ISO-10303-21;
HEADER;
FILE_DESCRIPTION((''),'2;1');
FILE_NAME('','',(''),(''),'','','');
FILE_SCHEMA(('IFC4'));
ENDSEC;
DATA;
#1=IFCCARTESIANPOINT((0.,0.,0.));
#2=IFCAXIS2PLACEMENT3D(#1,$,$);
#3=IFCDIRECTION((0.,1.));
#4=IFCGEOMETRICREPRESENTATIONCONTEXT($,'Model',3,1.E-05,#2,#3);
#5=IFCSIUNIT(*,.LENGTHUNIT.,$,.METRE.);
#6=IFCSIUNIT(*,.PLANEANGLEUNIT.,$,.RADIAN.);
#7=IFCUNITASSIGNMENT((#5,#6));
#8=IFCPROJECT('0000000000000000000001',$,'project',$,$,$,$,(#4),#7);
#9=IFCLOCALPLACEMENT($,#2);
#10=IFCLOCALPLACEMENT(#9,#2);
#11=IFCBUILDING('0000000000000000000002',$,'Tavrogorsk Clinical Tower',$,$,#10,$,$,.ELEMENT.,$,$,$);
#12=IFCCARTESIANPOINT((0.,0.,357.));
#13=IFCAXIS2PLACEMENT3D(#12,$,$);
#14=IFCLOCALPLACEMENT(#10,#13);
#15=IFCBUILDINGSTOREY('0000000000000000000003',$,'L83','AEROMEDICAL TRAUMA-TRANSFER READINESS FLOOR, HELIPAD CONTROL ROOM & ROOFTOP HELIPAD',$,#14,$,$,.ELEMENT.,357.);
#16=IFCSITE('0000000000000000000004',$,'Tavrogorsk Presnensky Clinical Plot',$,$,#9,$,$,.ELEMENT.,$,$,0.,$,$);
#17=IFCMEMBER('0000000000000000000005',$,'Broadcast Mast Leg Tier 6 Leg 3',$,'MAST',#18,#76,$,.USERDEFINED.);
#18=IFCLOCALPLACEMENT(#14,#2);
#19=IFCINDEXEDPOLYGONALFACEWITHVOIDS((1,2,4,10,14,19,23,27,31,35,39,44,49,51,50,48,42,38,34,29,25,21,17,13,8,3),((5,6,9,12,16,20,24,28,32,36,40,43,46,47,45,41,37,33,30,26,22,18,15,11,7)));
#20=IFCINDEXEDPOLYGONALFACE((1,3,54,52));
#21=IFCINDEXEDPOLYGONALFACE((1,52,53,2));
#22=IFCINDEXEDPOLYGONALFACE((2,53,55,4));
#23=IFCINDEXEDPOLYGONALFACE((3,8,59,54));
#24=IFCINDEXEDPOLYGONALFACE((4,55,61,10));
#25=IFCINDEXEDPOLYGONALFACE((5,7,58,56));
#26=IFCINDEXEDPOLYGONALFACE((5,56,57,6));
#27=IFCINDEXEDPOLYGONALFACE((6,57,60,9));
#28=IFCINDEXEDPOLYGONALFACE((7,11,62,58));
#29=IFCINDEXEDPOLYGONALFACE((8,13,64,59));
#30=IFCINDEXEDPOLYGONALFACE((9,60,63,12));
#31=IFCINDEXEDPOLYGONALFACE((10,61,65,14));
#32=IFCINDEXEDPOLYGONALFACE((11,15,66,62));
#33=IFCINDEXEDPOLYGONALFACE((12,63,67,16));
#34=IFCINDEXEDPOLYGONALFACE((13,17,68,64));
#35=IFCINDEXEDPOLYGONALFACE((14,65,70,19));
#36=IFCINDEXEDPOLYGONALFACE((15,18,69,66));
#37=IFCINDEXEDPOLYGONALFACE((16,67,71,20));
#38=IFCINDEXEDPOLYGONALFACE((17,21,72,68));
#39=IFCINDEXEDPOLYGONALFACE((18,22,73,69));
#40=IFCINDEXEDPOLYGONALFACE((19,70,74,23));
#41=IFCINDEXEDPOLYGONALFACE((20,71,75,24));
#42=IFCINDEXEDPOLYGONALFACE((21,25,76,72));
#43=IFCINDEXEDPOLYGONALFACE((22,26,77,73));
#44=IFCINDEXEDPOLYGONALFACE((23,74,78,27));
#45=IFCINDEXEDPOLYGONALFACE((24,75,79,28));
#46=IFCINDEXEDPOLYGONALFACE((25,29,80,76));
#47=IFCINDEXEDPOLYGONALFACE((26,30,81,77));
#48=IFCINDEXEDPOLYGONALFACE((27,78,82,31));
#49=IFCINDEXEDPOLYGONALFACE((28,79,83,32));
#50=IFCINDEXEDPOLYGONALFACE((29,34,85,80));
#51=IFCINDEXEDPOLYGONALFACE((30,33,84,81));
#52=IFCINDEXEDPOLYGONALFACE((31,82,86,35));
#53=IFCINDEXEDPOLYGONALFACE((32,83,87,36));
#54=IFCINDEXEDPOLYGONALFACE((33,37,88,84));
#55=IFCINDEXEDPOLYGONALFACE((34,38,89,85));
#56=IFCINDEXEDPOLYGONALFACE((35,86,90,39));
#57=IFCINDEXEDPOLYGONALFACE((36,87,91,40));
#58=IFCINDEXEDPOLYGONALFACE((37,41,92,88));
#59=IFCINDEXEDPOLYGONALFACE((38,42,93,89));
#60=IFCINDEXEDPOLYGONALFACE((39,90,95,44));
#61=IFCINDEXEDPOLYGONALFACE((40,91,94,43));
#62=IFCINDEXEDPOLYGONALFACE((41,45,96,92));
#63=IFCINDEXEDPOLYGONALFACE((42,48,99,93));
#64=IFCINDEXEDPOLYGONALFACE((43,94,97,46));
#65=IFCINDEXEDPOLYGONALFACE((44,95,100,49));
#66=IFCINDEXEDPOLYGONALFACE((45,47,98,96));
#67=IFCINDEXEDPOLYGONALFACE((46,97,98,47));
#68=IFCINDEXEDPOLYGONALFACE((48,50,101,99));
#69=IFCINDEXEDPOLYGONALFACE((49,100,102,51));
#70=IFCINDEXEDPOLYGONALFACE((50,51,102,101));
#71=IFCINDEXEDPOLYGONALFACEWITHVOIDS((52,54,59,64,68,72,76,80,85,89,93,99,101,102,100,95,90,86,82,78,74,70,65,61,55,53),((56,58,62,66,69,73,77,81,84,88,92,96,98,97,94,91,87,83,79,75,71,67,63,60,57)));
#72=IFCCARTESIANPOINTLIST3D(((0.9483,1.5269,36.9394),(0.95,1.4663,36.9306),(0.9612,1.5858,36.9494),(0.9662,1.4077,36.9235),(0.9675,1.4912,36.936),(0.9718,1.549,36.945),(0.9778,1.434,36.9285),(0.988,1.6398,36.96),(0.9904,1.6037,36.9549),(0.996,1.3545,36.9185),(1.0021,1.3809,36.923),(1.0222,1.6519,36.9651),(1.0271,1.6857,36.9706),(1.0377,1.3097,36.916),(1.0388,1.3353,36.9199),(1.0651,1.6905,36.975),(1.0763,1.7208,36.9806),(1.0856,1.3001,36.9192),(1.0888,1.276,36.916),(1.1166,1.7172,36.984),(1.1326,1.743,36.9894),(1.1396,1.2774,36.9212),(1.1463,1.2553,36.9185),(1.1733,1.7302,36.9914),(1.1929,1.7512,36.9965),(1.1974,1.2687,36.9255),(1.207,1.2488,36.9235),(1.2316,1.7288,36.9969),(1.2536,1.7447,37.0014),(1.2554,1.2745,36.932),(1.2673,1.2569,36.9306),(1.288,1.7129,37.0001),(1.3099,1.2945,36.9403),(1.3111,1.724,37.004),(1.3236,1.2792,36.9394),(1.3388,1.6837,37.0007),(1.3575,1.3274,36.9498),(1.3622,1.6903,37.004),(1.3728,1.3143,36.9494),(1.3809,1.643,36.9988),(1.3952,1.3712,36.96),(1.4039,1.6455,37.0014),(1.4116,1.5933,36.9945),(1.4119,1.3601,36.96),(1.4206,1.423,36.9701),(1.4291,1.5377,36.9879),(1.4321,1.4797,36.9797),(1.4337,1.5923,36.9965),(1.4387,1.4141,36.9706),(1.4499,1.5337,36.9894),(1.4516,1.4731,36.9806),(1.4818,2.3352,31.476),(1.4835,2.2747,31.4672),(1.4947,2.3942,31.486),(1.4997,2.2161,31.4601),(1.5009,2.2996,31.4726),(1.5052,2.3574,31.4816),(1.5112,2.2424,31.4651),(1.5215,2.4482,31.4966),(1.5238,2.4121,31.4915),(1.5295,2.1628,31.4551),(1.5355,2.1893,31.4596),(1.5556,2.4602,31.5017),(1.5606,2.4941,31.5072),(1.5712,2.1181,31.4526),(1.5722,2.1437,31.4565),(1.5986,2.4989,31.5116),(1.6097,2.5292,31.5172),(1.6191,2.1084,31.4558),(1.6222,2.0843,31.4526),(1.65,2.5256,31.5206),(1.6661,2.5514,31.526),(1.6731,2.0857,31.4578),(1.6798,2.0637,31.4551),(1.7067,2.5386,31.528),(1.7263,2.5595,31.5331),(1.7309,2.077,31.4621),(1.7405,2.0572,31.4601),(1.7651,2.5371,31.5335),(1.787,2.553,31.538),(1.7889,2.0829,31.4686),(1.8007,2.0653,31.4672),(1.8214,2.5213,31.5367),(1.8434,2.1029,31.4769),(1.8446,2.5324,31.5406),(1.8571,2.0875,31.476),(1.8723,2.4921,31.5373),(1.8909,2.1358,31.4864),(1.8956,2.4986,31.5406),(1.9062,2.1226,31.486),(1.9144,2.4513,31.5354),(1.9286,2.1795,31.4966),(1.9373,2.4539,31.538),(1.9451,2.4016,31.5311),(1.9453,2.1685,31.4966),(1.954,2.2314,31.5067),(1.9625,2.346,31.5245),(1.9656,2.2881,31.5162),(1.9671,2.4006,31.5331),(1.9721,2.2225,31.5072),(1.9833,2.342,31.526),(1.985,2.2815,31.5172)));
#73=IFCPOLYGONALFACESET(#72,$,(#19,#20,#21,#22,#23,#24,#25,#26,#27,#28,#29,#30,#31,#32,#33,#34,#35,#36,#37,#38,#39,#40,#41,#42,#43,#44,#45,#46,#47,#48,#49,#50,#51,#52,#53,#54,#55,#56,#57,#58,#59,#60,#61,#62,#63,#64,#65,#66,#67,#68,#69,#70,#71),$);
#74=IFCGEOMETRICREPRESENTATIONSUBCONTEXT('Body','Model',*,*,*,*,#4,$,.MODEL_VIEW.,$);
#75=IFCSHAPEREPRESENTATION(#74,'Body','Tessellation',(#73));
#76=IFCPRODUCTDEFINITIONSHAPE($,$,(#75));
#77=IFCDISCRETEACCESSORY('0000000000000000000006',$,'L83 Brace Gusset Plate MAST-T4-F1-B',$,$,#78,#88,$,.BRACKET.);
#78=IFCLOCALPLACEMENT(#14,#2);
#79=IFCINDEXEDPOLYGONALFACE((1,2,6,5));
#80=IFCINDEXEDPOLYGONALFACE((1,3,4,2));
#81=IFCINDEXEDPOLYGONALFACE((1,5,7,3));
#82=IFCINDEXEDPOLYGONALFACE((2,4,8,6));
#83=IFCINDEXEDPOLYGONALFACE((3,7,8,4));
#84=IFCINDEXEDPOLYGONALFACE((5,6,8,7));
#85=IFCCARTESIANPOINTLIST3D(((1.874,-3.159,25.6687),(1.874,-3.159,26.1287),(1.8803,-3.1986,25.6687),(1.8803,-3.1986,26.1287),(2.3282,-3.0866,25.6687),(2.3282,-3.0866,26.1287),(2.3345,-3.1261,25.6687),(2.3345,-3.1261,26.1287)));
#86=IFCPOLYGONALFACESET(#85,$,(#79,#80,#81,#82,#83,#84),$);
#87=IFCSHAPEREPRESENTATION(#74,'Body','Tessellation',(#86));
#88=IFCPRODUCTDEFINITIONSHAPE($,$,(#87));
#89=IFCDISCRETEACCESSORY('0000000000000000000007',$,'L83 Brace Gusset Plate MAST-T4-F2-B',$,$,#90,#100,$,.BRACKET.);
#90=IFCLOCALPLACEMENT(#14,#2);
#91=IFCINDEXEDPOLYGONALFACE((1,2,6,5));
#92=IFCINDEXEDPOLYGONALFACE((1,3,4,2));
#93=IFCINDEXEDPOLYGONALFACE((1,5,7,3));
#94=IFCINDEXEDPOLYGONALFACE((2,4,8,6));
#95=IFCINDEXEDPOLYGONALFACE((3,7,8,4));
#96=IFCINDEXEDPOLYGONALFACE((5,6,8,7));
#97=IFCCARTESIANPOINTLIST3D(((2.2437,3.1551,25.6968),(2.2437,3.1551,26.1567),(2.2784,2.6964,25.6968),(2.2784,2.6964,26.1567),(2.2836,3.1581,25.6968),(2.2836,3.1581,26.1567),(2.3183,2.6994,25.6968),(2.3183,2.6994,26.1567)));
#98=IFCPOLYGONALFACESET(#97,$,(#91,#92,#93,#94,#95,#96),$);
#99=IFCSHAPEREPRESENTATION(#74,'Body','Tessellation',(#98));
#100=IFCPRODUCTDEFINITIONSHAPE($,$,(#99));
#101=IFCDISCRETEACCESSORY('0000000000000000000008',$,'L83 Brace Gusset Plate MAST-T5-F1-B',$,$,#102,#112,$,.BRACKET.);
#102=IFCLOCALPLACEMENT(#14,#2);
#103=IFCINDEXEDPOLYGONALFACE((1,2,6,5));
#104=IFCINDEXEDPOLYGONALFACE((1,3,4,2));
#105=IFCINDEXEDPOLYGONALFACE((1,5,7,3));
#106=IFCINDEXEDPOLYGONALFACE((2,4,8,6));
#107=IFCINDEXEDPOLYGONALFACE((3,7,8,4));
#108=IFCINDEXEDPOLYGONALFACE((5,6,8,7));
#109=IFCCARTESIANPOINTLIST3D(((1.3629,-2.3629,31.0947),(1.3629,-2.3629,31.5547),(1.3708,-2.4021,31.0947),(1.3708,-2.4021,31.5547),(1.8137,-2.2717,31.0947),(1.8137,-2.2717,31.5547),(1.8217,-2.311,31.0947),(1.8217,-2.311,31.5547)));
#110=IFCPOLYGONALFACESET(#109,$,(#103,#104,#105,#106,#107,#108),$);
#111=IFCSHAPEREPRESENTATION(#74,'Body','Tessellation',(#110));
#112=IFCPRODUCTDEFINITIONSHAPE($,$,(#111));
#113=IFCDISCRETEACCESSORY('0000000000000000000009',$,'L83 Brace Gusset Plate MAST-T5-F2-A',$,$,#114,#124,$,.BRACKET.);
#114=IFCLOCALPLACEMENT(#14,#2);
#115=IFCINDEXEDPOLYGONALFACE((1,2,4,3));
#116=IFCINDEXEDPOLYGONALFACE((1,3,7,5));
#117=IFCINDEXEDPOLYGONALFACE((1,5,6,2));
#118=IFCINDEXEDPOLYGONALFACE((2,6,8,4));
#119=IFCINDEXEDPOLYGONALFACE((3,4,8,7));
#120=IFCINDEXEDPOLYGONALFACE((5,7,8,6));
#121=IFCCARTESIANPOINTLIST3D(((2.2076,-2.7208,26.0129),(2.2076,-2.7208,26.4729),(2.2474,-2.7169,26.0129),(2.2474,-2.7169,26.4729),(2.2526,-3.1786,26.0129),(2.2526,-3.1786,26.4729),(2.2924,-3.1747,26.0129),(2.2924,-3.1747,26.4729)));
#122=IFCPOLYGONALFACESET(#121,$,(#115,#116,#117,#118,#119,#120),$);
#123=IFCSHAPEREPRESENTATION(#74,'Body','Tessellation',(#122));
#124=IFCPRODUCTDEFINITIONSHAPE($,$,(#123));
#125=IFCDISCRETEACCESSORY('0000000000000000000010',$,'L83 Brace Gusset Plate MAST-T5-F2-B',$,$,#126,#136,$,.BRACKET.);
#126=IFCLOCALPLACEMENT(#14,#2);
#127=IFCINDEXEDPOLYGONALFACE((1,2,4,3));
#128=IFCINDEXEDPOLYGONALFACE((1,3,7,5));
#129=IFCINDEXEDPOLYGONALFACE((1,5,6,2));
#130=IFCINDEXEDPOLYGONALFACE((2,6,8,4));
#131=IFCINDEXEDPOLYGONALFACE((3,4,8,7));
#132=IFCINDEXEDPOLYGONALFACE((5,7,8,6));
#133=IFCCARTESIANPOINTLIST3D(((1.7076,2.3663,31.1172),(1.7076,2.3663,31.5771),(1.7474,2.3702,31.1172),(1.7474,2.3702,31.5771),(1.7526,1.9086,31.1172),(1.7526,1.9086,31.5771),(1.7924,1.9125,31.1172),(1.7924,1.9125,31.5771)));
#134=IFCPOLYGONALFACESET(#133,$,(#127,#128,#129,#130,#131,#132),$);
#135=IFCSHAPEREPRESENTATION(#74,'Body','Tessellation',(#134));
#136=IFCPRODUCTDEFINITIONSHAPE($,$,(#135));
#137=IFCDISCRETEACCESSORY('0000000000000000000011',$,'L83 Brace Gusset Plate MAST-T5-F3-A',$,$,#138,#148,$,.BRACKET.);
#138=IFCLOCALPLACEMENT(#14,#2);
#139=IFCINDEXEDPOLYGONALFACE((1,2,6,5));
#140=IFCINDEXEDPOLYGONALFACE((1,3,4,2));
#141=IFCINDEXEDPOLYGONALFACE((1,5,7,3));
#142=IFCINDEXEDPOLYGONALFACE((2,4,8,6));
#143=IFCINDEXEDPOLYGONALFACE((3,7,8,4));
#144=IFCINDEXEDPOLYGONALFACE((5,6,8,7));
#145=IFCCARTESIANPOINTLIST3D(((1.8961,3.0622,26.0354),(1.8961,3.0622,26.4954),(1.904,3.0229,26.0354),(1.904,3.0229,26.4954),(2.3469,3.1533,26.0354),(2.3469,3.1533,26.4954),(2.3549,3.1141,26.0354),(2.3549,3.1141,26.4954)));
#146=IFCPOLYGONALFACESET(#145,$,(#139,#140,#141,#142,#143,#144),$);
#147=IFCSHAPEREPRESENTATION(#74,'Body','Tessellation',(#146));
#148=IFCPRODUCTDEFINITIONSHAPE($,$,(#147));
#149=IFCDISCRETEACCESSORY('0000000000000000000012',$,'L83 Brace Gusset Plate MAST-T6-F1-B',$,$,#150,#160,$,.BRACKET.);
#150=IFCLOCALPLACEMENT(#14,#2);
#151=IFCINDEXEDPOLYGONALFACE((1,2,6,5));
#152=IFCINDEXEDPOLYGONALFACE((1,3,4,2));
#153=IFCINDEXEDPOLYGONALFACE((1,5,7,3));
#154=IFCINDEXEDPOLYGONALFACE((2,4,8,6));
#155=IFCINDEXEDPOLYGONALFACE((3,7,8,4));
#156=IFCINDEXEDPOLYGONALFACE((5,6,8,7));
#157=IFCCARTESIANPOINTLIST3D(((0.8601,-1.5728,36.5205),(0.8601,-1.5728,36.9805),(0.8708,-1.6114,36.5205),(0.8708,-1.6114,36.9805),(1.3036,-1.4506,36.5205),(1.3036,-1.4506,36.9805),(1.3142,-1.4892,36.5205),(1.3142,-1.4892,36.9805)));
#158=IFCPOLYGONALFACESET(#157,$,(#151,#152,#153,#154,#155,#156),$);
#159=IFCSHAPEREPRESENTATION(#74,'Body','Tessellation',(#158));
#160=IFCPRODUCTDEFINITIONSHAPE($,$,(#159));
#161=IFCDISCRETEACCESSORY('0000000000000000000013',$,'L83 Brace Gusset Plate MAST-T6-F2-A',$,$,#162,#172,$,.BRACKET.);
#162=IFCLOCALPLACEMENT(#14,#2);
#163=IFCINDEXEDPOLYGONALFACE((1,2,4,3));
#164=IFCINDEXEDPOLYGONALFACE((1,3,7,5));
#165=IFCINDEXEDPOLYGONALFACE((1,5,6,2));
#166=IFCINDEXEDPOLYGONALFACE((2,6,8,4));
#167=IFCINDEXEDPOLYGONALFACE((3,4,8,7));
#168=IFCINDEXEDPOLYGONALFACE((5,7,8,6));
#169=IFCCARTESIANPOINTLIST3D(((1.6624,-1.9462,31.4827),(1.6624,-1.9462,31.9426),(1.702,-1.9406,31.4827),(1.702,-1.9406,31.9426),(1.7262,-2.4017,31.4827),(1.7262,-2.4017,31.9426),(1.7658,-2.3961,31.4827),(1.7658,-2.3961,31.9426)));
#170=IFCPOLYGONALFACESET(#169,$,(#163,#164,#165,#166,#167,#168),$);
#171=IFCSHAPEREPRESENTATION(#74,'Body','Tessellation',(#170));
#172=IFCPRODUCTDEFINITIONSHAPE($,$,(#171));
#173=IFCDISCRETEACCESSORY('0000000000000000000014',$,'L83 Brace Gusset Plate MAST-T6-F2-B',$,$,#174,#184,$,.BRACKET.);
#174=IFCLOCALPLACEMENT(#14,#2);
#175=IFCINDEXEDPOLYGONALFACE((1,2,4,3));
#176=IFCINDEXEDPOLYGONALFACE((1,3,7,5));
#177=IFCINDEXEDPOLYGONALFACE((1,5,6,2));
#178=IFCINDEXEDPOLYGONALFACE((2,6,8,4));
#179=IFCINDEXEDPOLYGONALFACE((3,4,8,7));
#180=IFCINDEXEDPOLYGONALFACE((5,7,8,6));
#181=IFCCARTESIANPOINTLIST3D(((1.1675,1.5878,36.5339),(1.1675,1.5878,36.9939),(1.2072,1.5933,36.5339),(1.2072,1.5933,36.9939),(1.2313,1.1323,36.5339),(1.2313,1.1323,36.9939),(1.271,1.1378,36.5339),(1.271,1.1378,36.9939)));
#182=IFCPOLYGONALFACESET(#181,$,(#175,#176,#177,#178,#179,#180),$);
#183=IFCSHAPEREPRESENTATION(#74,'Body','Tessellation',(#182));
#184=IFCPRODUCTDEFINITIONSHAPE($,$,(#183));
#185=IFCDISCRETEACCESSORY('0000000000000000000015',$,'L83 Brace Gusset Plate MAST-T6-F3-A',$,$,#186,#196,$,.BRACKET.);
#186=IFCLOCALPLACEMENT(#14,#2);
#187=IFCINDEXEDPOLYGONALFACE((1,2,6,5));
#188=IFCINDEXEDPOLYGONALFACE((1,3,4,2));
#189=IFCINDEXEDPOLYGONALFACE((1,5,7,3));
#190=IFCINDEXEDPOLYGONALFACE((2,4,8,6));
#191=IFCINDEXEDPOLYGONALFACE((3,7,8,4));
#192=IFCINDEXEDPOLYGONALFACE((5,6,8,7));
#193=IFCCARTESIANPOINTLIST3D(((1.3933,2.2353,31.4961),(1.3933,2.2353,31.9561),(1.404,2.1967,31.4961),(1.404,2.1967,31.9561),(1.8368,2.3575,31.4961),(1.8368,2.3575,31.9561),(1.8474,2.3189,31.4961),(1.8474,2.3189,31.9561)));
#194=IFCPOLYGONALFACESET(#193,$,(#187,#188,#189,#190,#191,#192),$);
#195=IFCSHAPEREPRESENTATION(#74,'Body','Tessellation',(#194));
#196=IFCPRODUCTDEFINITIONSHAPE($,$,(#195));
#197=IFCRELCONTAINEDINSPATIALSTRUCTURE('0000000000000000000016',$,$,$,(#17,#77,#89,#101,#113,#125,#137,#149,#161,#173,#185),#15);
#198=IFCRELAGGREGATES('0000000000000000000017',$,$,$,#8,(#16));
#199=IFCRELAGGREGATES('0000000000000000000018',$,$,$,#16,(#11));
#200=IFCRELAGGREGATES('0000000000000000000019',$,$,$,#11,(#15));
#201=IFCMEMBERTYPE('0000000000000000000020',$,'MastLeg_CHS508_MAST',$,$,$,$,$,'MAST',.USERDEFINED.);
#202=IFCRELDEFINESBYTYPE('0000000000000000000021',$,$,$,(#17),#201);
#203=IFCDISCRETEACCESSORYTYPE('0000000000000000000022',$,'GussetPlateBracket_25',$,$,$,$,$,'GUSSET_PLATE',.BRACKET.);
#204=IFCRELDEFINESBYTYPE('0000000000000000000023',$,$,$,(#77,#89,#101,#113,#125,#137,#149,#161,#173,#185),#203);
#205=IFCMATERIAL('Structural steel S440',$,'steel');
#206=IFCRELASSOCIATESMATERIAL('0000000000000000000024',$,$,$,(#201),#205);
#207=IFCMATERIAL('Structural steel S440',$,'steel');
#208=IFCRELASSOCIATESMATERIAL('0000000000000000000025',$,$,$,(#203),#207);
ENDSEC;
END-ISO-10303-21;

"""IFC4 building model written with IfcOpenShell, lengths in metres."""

from ifc_helpers import new_model, si_unit, direction, frame, origin, origin_2d, place, context, subcontext, project, spatial, rectangle, hollow_circle, extrude, material, material_profile, profile_set, type_object, element, save


model = new_model("IFC4")

# Units and contexts
model_context = context("Model", 3, precision=1e-05, world=origin(), true_north=direction((0.0, 1.0)))
body_context = subcontext(model_context, "Body", "Model", "MODEL_VIEW")
ifc_project = project(units=[si_unit("LENGTHUNIT", "METRE"), si_unit("PLANEANGLEUNIT", "RADIAN")], contexts=[model_context])

# Site, building, storey
site_placement = place(None, origin())
site = spatial("IfcSite", under=ifc_project, at=site_placement, Name="Tavrogorsk Presnensky Clinical Plot", CompositionType="ELEMENT", RefElevation=0.0)
building_placement = place(site_placement, origin())
building = spatial("IfcBuilding", under=site, at=building_placement, Name="Tavrogorsk Clinical Tower", CompositionType="ELEMENT")
storey_placement = place(building_placement, frame((0.0, 0.0, 357.0)))
storey = spatial("IfcBuildingStorey", under=building, at=storey_placement, Name="L83", Description="AEROMEDICAL TRAUMA-TRANSFER READINESS FLOOR, HELIPAD CONTROL ROOM & ROOFTOP HELIPAD", CompositionType="ELEMENT", Elevation=357.0)

# Member
ifc_material_1 = material(Name="Structural steel S440", Category="steel")
ifc_material_profile_1 = material_profile(ifc_material_1, hollow_circle(Radius=0.2539, WallThickness=0.02, at=origin_2d()), Name="CHS-508x20")
ifc_profile_set_1 = profile_set([ifc_material_profile_1], Name="Structural steel S440")
member_type_1 = type_object("IfcMemberType", Name="MastLeg_CHS508_MAST", ElementType="MAST", PredefinedType="USERDEFINED", material=ifc_profile_set_1)
for number, where, z_axis, x_axis, name in (
    (1, (1.7334, 2.3083, 31.4966), (-0.096142, -0.145686, 0.984648), (0.83464, -0.550797, 0.0), "Broadcast Mast Leg Tier 6 Leg 3"),
):
    element("IfcMember", number, at=place(storey_placement, frame(where, z_axis=z_axis, x_axis=x_axis)), inside=storey, type_object=member_type_1, Name=name, ObjectType="MAST", PredefinedType="USERDEFINED", context=body_context, shape_type="SweptSolid", body=[
        extrude(hollow_circle(Radius=0.2539, WallThickness=0.02, at=origin_2d()), origin(), (0.0, 0.0, 1.0), 5.5486),
    ])

# Discrete accessories
ifc_material_2 = material(Name="Structural steel S440", Category="steel")
discrete_accessory_type = type_object("IfcDiscreteAccessoryType", Name="GussetPlateBracket_25", ElementType="GUSSET_PLATE", PredefinedType="BRACKET", material=ifc_material_2)
for number, where, z_axis, x_axis, name in (
    (2, (2.1042, -3.1426, 25.6687), (0.0, 0.0, 1.0), (0.987524, 0.157469, 0.0), "L83 Brace Gusset Plate MAST-T4-F1-B"),
    (3, (2.281, 2.9272, 25.6968), (0.0, 0.0, 1.0), (-0.075501, 0.997146, 0.0), "L83 Brace Gusset Plate MAST-T4-F2-B"),
    (4, (1.5923, -2.3369, 31.0947), (0.0, 0.0, 1.0), (0.980168, 0.198171, 0.0), "L83 Brace Gusset Plate MAST-T5-F1-B"),
    (5, (2.25, -2.9478, 26.0129), (0.0, 0.0, 1.0), (-0.09793, 0.995193, 0.0), "L83 Brace Gusset Plate MAST-T5-F2-A"),
    (6, (1.75, 2.1394, 31.1172), (0.0, 0.0, 1.0), (-0.09793, 0.995193, 0.0), "L83 Brace Gusset Plate MAST-T5-F2-B"),
    (7, (2.1255, 3.0881, 26.0354), (0.0, 0.0, 1.0), (-0.980168, -0.198171, 0.0), "L83 Brace Gusset Plate MAST-T5-F3-A"),
    (8, (1.0872, -1.531, 36.5205), (0.0, 0.0, 1.0), (0.964049, 0.265724, 0.0), "L83 Brace Gusset Plate MAST-T6-F1-B"),
    (9, (1.7141, -2.1711, 31.4827), (0.0, 0.0, 1.0), (-0.138655, 0.990341, 0.0), "L83 Brace Gusset Plate MAST-T6-F2-A"),
    (10, (1.2192, 1.3628, 36.5339), (0.0, 0.0, 1.0), (-0.138655, 0.990341, 0.0), "L83 Brace Gusset Plate MAST-T6-F2-B"),
    (11, (1.6204, 2.2771, 31.4961), (0.0, 0.0, 1.0), (-0.964049, -0.265724, 0.0), "L83 Brace Gusset Plate MAST-T6-F3-A"),
):
    element("IfcDiscreteAccessory", number, at=place(storey_placement, frame(where, z_axis=z_axis, x_axis=x_axis)), inside=storey, type_object=discrete_accessory_type, Name=name, PredefinedType="BRACKET", context=body_context, shape_type="SweptSolid", body=[
        extrude(rectangle(XDim=0.46, YDim=0.04, at=origin_2d()), origin(), (0.0, 0.0, 1.0), 0.46),
    ])

save(model, "model.ifc")
